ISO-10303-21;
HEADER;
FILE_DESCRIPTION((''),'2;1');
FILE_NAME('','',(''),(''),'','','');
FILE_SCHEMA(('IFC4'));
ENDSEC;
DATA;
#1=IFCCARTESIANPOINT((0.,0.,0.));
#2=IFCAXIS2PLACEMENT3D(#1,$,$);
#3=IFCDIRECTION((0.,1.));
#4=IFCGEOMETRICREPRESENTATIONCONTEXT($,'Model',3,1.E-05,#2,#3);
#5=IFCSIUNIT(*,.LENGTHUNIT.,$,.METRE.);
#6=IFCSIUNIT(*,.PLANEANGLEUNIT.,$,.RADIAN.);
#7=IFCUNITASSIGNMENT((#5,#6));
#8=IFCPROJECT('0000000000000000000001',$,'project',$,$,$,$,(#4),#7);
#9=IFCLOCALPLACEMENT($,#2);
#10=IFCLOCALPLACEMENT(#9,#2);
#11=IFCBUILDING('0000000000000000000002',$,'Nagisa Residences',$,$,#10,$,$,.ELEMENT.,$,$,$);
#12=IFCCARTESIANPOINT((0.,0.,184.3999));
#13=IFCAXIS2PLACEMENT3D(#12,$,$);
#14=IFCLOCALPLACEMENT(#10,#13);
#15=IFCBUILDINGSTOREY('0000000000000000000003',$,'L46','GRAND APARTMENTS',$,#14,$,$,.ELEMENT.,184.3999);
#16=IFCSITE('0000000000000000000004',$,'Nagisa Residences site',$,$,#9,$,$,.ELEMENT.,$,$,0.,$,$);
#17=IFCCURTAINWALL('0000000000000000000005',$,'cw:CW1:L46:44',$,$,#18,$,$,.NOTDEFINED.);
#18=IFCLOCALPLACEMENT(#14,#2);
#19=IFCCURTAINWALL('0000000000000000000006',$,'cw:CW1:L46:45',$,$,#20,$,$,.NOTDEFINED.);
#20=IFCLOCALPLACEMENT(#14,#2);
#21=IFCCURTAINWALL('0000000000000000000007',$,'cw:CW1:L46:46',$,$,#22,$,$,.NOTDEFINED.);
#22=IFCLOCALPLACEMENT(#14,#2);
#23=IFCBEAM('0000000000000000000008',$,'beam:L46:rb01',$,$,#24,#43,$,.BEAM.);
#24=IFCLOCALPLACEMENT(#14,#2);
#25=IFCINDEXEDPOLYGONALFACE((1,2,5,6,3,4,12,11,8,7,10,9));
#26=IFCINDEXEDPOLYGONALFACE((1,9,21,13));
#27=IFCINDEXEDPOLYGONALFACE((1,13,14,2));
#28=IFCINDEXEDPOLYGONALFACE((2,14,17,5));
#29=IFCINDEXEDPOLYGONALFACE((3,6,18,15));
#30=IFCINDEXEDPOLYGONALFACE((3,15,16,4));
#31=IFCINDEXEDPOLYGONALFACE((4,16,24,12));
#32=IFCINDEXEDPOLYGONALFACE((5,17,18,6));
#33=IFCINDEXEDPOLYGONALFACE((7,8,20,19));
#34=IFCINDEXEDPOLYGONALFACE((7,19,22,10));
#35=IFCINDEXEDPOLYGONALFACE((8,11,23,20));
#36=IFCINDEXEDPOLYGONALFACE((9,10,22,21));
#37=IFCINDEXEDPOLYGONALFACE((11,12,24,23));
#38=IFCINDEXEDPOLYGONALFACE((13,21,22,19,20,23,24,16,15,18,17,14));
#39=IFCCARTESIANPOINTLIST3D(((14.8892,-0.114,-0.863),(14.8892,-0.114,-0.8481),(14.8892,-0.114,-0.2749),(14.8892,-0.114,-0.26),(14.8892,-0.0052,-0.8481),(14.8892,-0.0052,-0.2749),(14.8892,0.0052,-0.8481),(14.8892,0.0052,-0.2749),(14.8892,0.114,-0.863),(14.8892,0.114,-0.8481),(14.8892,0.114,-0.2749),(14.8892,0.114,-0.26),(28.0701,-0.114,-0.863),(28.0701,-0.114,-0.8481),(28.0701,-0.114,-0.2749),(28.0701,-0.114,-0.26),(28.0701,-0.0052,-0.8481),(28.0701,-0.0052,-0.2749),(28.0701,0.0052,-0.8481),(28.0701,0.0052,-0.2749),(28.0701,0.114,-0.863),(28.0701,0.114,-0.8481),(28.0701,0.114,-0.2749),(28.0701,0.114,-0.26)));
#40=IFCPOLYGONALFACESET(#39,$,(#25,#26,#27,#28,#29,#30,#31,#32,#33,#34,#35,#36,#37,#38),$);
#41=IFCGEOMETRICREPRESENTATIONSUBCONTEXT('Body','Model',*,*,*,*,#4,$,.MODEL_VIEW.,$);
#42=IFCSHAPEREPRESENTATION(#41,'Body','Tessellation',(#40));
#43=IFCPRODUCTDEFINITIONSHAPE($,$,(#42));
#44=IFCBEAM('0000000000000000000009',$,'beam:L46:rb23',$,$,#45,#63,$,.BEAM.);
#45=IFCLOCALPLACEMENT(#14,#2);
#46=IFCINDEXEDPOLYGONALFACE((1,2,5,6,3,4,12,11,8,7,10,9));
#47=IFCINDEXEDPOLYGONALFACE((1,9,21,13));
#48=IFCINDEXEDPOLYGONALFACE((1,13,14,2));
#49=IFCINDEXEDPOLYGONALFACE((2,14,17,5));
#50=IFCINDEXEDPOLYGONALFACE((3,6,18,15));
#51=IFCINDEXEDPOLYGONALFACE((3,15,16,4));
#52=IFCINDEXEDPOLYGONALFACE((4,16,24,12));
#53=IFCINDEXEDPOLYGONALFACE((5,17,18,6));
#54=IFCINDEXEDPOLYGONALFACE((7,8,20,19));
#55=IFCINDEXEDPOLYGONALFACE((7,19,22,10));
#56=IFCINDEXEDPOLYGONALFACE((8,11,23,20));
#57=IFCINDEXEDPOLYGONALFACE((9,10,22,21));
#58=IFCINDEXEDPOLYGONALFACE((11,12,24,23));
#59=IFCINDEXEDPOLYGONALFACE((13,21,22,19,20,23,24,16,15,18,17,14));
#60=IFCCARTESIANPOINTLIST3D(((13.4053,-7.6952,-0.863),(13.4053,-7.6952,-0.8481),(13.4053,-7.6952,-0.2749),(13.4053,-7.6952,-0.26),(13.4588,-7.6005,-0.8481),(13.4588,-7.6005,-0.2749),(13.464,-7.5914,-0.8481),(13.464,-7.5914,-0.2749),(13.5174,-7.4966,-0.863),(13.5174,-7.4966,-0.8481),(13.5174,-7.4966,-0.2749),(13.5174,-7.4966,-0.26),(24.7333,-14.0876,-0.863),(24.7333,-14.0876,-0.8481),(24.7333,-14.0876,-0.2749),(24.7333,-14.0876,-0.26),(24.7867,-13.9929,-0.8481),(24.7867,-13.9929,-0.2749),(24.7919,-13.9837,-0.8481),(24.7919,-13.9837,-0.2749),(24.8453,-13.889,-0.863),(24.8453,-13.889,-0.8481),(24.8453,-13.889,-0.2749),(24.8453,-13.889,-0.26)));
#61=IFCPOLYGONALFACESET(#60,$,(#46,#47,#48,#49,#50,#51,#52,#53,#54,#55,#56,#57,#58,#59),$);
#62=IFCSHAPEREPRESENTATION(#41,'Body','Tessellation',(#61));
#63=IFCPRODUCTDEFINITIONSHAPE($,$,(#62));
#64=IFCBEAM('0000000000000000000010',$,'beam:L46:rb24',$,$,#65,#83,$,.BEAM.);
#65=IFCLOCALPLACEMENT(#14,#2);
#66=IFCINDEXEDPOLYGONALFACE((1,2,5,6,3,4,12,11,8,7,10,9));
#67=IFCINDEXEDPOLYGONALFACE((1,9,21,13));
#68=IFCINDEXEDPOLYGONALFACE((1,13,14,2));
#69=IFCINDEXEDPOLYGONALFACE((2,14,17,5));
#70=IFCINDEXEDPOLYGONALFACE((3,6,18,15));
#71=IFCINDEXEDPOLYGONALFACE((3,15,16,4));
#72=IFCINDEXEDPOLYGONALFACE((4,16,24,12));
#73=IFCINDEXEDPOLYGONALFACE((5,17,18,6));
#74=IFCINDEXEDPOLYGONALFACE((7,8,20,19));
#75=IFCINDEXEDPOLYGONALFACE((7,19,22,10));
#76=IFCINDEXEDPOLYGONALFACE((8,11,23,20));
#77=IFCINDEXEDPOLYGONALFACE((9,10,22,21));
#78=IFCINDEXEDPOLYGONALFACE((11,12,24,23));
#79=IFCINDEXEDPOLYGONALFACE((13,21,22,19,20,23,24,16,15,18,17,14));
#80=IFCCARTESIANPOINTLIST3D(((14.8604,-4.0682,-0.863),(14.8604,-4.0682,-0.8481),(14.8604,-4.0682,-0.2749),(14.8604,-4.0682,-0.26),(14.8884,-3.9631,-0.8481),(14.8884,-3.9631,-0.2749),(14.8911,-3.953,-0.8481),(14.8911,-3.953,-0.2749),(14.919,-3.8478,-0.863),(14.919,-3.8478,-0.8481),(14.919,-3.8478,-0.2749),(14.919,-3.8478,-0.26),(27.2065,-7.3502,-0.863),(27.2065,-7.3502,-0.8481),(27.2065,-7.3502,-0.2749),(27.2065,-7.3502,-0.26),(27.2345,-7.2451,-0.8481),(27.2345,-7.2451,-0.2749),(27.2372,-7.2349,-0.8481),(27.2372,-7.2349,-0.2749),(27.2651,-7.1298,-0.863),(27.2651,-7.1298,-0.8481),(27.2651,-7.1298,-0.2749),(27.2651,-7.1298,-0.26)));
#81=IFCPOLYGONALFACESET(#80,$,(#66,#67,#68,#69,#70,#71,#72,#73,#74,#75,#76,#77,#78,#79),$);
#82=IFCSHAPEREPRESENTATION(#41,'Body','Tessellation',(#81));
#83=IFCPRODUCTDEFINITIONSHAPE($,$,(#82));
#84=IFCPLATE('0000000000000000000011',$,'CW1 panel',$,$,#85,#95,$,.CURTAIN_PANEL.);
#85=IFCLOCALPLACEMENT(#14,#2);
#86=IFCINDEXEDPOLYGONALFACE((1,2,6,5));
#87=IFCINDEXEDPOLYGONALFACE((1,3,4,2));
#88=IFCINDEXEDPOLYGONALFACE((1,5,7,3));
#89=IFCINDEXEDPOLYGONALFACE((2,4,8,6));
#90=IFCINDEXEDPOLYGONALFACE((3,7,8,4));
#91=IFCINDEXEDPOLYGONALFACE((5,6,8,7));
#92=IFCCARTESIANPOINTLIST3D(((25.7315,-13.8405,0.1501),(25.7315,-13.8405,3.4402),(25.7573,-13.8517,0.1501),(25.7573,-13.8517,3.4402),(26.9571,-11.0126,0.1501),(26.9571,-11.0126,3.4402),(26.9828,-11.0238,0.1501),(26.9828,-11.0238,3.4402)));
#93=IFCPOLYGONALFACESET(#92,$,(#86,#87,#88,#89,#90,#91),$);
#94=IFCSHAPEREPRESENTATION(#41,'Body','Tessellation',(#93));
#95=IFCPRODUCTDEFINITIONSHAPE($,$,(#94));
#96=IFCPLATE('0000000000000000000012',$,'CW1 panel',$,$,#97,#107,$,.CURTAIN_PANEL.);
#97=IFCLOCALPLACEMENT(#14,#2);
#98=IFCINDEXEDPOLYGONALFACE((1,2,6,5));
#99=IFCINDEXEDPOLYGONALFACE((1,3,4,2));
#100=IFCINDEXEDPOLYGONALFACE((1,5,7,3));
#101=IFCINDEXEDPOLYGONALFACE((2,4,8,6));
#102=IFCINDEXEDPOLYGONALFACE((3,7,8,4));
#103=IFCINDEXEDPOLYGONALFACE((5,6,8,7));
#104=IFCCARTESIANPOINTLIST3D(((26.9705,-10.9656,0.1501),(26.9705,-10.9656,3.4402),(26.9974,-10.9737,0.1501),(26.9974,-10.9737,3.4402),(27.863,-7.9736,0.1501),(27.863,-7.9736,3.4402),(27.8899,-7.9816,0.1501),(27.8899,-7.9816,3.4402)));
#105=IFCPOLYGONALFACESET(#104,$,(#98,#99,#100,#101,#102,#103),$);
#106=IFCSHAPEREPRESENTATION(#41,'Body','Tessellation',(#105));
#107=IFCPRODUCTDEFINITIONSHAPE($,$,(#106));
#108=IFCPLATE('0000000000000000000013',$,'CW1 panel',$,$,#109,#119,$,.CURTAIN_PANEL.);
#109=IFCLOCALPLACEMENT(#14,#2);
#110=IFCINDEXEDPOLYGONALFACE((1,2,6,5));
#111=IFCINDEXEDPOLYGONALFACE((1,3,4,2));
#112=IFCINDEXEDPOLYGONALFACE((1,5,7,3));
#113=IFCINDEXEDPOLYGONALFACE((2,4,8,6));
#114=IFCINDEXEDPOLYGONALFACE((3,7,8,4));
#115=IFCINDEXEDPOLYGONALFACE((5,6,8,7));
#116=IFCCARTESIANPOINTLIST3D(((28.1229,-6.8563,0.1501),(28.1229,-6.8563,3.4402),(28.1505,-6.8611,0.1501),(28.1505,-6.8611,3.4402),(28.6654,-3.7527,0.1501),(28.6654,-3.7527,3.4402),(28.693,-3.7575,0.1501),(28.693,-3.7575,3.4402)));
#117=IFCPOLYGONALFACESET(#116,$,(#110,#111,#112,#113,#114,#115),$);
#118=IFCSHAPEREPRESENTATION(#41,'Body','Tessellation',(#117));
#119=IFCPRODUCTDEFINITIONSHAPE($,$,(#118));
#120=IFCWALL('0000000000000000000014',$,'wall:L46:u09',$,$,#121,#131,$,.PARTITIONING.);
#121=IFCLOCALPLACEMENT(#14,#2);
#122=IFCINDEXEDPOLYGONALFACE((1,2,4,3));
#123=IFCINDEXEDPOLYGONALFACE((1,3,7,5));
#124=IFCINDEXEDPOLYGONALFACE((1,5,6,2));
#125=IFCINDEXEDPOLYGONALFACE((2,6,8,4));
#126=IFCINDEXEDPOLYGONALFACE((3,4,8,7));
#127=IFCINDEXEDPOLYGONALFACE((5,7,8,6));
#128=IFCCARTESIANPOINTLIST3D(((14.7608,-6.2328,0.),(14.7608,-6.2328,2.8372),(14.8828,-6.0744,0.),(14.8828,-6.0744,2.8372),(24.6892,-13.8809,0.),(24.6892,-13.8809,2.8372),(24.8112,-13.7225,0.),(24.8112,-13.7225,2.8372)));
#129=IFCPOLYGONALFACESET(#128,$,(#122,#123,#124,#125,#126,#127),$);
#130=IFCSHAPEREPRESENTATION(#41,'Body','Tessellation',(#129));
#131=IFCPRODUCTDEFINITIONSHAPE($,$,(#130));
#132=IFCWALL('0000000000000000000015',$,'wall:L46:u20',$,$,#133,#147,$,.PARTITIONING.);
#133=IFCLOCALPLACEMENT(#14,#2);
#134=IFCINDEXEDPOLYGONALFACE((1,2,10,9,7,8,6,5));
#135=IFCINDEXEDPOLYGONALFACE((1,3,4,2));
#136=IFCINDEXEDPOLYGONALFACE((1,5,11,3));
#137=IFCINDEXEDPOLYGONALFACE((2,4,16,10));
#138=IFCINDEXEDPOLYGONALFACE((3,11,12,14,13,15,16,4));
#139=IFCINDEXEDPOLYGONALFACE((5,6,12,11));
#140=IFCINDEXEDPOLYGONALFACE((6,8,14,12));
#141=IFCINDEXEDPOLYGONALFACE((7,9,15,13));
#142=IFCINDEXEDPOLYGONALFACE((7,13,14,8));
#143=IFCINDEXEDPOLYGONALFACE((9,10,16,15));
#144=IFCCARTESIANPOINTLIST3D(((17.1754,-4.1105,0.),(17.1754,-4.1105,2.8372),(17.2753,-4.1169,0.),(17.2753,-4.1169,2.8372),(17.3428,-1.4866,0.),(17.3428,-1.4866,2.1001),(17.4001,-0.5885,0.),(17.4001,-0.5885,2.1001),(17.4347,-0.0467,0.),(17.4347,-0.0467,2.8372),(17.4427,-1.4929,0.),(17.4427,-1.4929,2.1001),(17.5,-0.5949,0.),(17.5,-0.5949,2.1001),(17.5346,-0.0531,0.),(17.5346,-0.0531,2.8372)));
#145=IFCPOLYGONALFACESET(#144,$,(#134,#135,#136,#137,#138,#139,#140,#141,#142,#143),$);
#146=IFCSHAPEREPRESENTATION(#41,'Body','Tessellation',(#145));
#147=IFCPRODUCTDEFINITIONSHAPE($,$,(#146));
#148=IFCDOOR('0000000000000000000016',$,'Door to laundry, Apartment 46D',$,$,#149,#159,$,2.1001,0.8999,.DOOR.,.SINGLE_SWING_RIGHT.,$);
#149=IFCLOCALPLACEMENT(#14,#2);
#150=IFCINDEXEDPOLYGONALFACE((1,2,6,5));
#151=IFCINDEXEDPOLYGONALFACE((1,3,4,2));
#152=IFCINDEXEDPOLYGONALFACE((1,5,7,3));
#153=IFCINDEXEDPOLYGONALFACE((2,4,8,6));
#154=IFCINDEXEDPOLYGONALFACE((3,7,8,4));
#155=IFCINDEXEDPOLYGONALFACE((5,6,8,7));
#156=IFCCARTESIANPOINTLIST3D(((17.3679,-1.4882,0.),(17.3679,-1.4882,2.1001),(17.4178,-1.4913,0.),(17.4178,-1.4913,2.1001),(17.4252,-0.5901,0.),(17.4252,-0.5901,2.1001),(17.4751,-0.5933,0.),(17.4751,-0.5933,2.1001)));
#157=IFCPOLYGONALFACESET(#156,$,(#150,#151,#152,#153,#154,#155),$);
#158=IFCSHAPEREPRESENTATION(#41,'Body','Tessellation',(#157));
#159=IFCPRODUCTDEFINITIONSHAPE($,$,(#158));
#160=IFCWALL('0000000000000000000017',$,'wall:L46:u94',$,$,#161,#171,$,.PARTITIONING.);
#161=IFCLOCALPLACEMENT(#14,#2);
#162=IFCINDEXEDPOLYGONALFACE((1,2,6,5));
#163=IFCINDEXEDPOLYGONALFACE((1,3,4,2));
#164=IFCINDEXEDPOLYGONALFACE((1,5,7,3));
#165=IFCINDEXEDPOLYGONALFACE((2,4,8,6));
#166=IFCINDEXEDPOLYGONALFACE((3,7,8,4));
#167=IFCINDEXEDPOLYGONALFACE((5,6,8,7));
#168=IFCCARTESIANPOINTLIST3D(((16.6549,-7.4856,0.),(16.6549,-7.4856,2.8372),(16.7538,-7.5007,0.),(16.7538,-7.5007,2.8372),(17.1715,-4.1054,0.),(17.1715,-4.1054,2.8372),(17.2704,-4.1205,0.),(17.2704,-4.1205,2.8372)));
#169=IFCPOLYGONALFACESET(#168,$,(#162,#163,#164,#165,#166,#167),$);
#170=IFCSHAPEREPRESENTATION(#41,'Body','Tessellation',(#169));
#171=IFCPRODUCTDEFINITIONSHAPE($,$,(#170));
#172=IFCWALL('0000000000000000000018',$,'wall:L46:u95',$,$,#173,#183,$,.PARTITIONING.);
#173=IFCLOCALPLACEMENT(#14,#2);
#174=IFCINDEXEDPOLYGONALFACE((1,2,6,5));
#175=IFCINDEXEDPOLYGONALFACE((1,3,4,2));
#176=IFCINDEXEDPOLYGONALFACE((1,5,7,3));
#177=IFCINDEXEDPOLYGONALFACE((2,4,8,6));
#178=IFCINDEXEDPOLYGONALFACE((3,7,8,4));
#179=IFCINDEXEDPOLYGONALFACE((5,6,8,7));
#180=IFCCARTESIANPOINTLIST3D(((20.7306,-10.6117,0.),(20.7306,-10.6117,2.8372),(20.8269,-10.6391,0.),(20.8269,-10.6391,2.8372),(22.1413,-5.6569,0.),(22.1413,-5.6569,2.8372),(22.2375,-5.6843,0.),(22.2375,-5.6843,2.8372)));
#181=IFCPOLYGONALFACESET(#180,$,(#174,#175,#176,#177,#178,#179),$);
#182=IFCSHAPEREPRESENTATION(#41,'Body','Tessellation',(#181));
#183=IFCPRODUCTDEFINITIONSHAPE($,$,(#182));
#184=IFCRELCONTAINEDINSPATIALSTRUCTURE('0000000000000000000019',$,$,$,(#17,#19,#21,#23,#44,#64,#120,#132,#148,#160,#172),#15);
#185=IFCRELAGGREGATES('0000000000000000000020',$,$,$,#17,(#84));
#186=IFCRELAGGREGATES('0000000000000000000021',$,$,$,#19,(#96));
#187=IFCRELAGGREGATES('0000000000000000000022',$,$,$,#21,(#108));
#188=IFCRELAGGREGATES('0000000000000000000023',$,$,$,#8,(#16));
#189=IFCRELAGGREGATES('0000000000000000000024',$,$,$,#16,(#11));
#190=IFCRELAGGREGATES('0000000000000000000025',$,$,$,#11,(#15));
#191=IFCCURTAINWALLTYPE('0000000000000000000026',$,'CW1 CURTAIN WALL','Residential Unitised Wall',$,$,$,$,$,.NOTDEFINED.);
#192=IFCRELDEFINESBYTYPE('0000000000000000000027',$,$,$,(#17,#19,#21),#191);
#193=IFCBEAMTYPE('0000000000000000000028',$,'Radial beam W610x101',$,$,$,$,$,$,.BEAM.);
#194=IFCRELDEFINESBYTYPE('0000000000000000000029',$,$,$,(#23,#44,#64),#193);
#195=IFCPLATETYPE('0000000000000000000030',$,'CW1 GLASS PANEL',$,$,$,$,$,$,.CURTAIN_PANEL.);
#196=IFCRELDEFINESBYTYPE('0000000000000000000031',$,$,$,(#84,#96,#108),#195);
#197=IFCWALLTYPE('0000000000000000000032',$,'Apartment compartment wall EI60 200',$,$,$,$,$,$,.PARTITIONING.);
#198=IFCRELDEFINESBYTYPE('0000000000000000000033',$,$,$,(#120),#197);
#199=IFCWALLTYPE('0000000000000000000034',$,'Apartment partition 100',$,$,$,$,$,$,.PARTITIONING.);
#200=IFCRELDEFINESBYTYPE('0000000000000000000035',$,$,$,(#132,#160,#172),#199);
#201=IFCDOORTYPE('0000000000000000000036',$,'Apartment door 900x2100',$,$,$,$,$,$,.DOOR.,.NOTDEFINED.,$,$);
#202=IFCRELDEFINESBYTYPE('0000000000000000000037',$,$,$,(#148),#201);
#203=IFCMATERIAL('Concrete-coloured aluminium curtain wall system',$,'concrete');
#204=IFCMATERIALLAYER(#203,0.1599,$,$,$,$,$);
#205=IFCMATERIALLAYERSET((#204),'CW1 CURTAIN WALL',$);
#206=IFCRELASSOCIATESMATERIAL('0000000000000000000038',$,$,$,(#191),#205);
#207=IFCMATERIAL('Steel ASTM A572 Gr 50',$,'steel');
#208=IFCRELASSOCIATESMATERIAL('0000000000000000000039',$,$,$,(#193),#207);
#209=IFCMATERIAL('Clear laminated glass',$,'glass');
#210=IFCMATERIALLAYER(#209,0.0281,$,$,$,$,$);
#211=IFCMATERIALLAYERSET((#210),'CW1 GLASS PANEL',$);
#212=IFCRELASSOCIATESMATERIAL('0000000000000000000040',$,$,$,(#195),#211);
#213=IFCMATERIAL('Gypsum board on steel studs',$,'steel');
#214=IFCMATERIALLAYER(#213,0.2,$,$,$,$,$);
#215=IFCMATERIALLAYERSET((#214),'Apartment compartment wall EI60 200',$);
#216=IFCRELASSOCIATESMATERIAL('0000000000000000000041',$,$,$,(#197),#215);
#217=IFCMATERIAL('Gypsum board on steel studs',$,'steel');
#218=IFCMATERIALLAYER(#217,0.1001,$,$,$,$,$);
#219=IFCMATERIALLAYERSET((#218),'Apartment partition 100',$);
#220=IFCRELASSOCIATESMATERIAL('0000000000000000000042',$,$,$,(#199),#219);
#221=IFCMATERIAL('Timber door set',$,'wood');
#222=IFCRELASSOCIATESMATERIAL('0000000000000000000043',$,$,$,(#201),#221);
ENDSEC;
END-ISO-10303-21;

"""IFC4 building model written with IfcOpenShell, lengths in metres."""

from ifc_helpers import new_model, si_unit, direction, frame, frame_2d, origin, origin_2d, place, context, subcontext, project, spatial, rectangle, i_section, extrude, material, layer, layer_set, material_profile, profile_set, type_object, element, fill, aggregate, save


model = new_model("IFC4")

# Units and contexts
model_context = context("Model", 3, precision=1e-05, world=origin(), true_north=direction((0.0, 1.0)))
body_context = subcontext(model_context, "Body", "Model", "MODEL_VIEW")
ifc_project = project(units=[si_unit("LENGTHUNIT", "METRE"), si_unit("PLANEANGLEUNIT", "RADIAN")], contexts=[model_context])

# Site, building, storey
site_placement = place(None, origin())
site = spatial("IfcSite", under=ifc_project, at=site_placement, Name="Nagisa Residences site", CompositionType="ELEMENT", RefElevation=0.0)
building_placement = place(site_placement, origin())
building = spatial("IfcBuilding", under=site, at=building_placement, Name="Nagisa Residences", CompositionType="ELEMENT")
storey_placement = place(building_placement, frame((0.0, 0.0, 184.3999)))
storey = spatial("IfcBuildingStorey", under=building, at=storey_placement, Name="L46", Description="GRAND APARTMENTS", CompositionType="ELEMENT", Elevation=184.3999)

# Curtain walls
ifc_material_1 = material(Name="Concrete-coloured aluminium curtain wall system", Category="concrete")
ifc_layer_1 = layer(ifc_material_1, 0.1599)
ifc_layer_set_1 = layer_set([ifc_layer_1], Name="CW1 CURTAIN WALL")
curtain_wall_type = type_object("IfcCurtainWallType", Name="CW1 CURTAIN WALL", Description="Residential Unitised Wall", PredefinedType="NOTDEFINED", material=ifc_layer_set_1)
curtain_wall_1_placement = place(storey_placement, origin())
curtain_wall_1 = element("IfcCurtainWall", 1, at=curtain_wall_1_placement, inside=storey, type_object=curtain_wall_type, Name="cw:CW1:L46:44", PredefinedType="NOTDEFINED")
curtain_wall_2_placement = place(storey_placement, origin())
curtain_wall_2 = element("IfcCurtainWall", 2, at=curtain_wall_2_placement, inside=storey, type_object=curtain_wall_type, Name="cw:CW1:L46:45", PredefinedType="NOTDEFINED")
curtain_wall_3_placement = place(storey_placement, origin())
curtain_wall_3 = element("IfcCurtainWall", 3, at=curtain_wall_3_placement, inside=storey, type_object=curtain_wall_type, Name="cw:CW1:L46:46", PredefinedType="NOTDEFINED")

# Beams
ifc_material_2 = material(Name="Steel ASTM A572 Gr 50", Category="steel")
ifc_material_profile_1 = material_profile(ifc_material_2, i_section(OverallWidth=0.228, OverallDepth=0.603, WebThickness=0.0105, FlangeThickness=0.0149, at=origin_2d()), Name="W610x101")
ifc_profile_set_1 = profile_set([ifc_material_profile_1], Name="Steel ASTM A572 Gr 50")
beam_type_1 = type_object("IfcBeamType", Name="Radial beam W610x101", PredefinedType="BEAM", material=ifc_profile_set_1)
beam_1_placement = place(storey_placement, frame((28.0701, 0.0, -0.5615), z_axis=(-1.0, 0.0, 0.0), x_axis=(0.0, -1.0, 0.0)))
element("IfcBeam", 4, at=beam_1_placement, inside=storey, type_object=beam_type_1, Name="beam:L46:rb01", PredefinedType="BEAM", context=body_context, shape_type="SweptSolid", body=[
    extrude(i_section(OverallWidth=0.228, OverallDepth=0.603, WebThickness=0.0105, FlangeThickness=0.0149, at=origin_2d()), origin(), (0.0, 0.0, 1.0), 13.1809),
])
beam_2_placement = place(storey_placement, frame((24.7893, -13.9883, -0.5615), z_axis=(-0.870905, 0.491452, 0.0), x_axis=(-0.491452, -0.870905, 0.0)))
element("IfcBeam", 5, at=beam_2_placement, inside=storey, type_object=beam_type_1, Name="beam:L46:rb23", PredefinedType="BEAM", context=body_context, shape_type="SweptSolid", body=[
    extrude(i_section(OverallWidth=0.228, OverallDepth=0.603, WebThickness=0.0105, FlangeThickness=0.0149, at=origin_2d()), origin(), (0.0, 0.0, 1.0), 13.0071),
])
beam_3_placement = place(storey_placement, frame((27.2358, -7.24, -0.5615), z_axis=(-0.966436, 0.256907, 0.0), x_axis=(-0.256907, -0.966436, 0.0)))
element("IfcBeam", 6, at=beam_3_placement, inside=storey, type_object=beam_type_1, Name="beam:L46:rb24", PredefinedType="BEAM", context=body_context, shape_type="SweptSolid", body=[
    extrude(i_section(OverallWidth=0.228, OverallDepth=0.603, WebThickness=0.0105, FlangeThickness=0.0149, at=origin_2d()), origin(), (0.0, 0.0, 1.0), 12.7749),
])

# Plates
ifc_material_3 = material(Name="Clear laminated glass", Category="glass")
ifc_layer_2 = layer(ifc_material_3, 0.0281)
ifc_layer_set_2 = layer_set([ifc_layer_2], Name="CW1 GLASS PANEL")
plate_type = type_object("IfcPlateType", Name="CW1 GLASS PANEL", PredefinedType="CURTAIN_PANEL", material=ifc_layer_set_2)
plate_1_placement = place(storey_placement, frame((26.3572, -12.4321, 0.1501), z_axis=(0.0, 0.0, 1.0), x_axis=(0.397636, 0.917543, 0.0)))
plate_1 = element("IfcPlate", 7, at=plate_1_placement, type_object=plate_type, Name="CW1 panel", PredefinedType="CURTAIN_PANEL", context=body_context, shape_type="SweptSolid", body=[
    extrude(rectangle(XDim=3.082, YDim=0.0281, at=origin_2d()), origin(), (0.0, 0.0, 1.0), 3.29),
])
aggregate(curtain_wall_1, [plate_1])
plate_2_placement = place(storey_placement, frame((27.4302, -9.4736, 0.1501), z_axis=(0.0, 0.0, 1.0), x_axis=(0.28586, 0.958271, 0.0)))
plate_2 = element("IfcPlate", 8, at=plate_2_placement, type_object=plate_type, Name="CW1 panel", PredefinedType="CURTAIN_PANEL", context=body_context, shape_type="SweptSolid", body=[
    extrude(rectangle(XDim=3.1223, YDim=0.0281, at=origin_2d()), origin(), (0.0, 0.0, 1.0), 3.29),
])
aggregate(curtain_wall_2, [plate_2])
plate_3_placement = place(storey_placement, frame((28.408, -5.3069, 0.1501), z_axis=(0.0, 0.0, 1.0), x_axis=(0.172191, 0.985064, 0.0)))
plate_3 = element("IfcPlate", 9, at=plate_3_placement, type_object=plate_type, Name="CW1 panel", PredefinedType="CURTAIN_PANEL", context=body_context, shape_type="SweptSolid", body=[
    extrude(rectangle(XDim=3.1506, YDim=0.0281, at=origin_2d()), origin(), (0.0, 0.0, 1.0), 3.29),
])
aggregate(curtain_wall_3, [plate_3])

# Wall
ifc_material_4 = material(Name="Gypsum board on steel studs", Category="steel")
ifc_layer_3 = layer(ifc_material_4, 0.2)
ifc_layer_set_3 = layer_set([ifc_layer_3], Name="Apartment compartment wall EI60 200")
wall_type_1 = type_object("IfcWallType", Name="Apartment compartment wall EI60 200", PredefinedType="PARTITIONING", material=ifc_layer_set_3)
wall_1_placement = place(storey_placement, frame((14.8218, -6.1536, 0.0), z_axis=(0.0, 0.0, 1.0), x_axis=(0.792203, -0.610258, 0.0)))
element("IfcWall", 10, at=wall_1_placement, inside=storey, type_object=wall_type_1, Name="wall:L46:u09", PredefinedType="PARTITIONING", context=body_context, shape_type="SweptSolid", body=[
    extrude(rectangle(XDim=12.5327, YDim=0.2, at=frame_2d((6.2664, 0.0))), origin(), (0.0, 0.0, 1.0), 2.8372),
])

# Wall, opening, door
ifc_material_5 = material(Name="Gypsum board on steel studs", Category="steel")
ifc_layer_4 = layer(ifc_material_5, 0.1001)
ifc_layer_set_4 = layer_set([ifc_layer_4], Name="Apartment partition 100")
wall_type_2 = type_object("IfcWallType", Name="Apartment partition 100", PredefinedType="PARTITIONING", material=ifc_layer_set_4)
wall_2_placement = place(storey_placement, frame((17.4846, -0.0498, 0.0), z_axis=(0.0, 0.0, 1.0), x_axis=(-0.063673, -0.997971, 0.0)))
wall_2 = element("IfcWall", 11, at=wall_2_placement, inside=storey, type_object=wall_type_2, Name="wall:L46:u20", PredefinedType="PARTITIONING", context=body_context, shape_type="SweptSolid", body=[
    extrude(rectangle(XDim=4.072, YDim=0.1001, at=frame_2d((2.0361, 0.0))), origin(), (0.0, 0.0, 1.0), 2.8372),
])
opening_1_placement = place(wall_2_placement, frame((0.543, 0.0, 0.0)))
opening_1 = element("IfcOpeningElement", 12, at=opening_1_placement, cuts=wall_2, PredefinedType="OPENING", context=body_context, shape_type="SweptSolid", body=[
    extrude(rectangle(XDim=0.8999, YDim=2.1001, at=frame_2d((0.45, 1.05))), frame((0.0, 0.0601, 0.0), z_axis=(0.0, -1.0, 0.0), x_axis=(1.0, 0.0, 0.0)), (0.0, 0.0, 1.0), 0.1201),
])
ifc_material_6 = material(Name="Timber door set", Category="wood")
door_type_1 = type_object("IfcDoorType", Name="Apartment door 900x2100", OperationType="NOTDEFINED", PredefinedType="DOOR", material=ifc_material_6)
door_1_placement = place(opening_1_placement, frame((0.8999, 0.0, 0.0), x_axis=(-1.0, 0.0, 0.0)))
door_1 = element("IfcDoor", 13, at=door_1_placement, inside=storey, type_object=door_type_1, Name="Door to laundry, Apartment 46D", OperationType="SINGLE_SWING_RIGHT", OverallHeight=2.1001, OverallWidth=0.8999, PredefinedType="DOOR", context=body_context, shape_type="SweptSolid", body=[
    extrude(rectangle(XDim=0.8999, YDim=2.1001, at=frame_2d((0.45, 1.05))), frame((0.0, 0.0249, 0.0), z_axis=(0.0, -1.0, 0.0), x_axis=(1.0, 0.0, 0.0)), (0.0, 0.0, 1.0), 0.05),
])
fill(opening_1, door_1)

# Walls
wall_3_placement = place(storey_placement, frame((16.7043, -7.4932, 0.0), z_axis=(0.0, 0.0, 1.0), x_axis=(0.151081, 0.988521, 0.0)))
element("IfcWall", 14, at=wall_3_placement, inside=storey, type_object=wall_type_2, Name="wall:L46:u94", PredefinedType="PARTITIONING", context=body_context, shape_type="SweptSolid", body=[
    extrude(rectangle(XDim=3.4194, YDim=0.1001, at=frame_2d((1.7097, 0.0))), origin(), (0.0, 0.0, 1.0), 2.8372),
])
wall_4_placement = place(storey_placement, frame((20.7788, -10.6252, 0.0), z_axis=(0.0, 0.0, 1.0), x_axis=(0.27382, 0.961781, 0.0)))
element("IfcWall", 15, at=wall_4_placement, inside=storey, type_object=wall_type_2, Name="wall:L46:u95", PredefinedType="PARTITIONING", context=body_context, shape_type="SweptSolid", body=[
    extrude(rectangle(XDim=5.1516, YDim=0.1001, at=frame_2d((2.5757, 0.0))), origin(), (0.0, 0.0, 1.0), 2.8372),
])

save(model, "model.ifc")
